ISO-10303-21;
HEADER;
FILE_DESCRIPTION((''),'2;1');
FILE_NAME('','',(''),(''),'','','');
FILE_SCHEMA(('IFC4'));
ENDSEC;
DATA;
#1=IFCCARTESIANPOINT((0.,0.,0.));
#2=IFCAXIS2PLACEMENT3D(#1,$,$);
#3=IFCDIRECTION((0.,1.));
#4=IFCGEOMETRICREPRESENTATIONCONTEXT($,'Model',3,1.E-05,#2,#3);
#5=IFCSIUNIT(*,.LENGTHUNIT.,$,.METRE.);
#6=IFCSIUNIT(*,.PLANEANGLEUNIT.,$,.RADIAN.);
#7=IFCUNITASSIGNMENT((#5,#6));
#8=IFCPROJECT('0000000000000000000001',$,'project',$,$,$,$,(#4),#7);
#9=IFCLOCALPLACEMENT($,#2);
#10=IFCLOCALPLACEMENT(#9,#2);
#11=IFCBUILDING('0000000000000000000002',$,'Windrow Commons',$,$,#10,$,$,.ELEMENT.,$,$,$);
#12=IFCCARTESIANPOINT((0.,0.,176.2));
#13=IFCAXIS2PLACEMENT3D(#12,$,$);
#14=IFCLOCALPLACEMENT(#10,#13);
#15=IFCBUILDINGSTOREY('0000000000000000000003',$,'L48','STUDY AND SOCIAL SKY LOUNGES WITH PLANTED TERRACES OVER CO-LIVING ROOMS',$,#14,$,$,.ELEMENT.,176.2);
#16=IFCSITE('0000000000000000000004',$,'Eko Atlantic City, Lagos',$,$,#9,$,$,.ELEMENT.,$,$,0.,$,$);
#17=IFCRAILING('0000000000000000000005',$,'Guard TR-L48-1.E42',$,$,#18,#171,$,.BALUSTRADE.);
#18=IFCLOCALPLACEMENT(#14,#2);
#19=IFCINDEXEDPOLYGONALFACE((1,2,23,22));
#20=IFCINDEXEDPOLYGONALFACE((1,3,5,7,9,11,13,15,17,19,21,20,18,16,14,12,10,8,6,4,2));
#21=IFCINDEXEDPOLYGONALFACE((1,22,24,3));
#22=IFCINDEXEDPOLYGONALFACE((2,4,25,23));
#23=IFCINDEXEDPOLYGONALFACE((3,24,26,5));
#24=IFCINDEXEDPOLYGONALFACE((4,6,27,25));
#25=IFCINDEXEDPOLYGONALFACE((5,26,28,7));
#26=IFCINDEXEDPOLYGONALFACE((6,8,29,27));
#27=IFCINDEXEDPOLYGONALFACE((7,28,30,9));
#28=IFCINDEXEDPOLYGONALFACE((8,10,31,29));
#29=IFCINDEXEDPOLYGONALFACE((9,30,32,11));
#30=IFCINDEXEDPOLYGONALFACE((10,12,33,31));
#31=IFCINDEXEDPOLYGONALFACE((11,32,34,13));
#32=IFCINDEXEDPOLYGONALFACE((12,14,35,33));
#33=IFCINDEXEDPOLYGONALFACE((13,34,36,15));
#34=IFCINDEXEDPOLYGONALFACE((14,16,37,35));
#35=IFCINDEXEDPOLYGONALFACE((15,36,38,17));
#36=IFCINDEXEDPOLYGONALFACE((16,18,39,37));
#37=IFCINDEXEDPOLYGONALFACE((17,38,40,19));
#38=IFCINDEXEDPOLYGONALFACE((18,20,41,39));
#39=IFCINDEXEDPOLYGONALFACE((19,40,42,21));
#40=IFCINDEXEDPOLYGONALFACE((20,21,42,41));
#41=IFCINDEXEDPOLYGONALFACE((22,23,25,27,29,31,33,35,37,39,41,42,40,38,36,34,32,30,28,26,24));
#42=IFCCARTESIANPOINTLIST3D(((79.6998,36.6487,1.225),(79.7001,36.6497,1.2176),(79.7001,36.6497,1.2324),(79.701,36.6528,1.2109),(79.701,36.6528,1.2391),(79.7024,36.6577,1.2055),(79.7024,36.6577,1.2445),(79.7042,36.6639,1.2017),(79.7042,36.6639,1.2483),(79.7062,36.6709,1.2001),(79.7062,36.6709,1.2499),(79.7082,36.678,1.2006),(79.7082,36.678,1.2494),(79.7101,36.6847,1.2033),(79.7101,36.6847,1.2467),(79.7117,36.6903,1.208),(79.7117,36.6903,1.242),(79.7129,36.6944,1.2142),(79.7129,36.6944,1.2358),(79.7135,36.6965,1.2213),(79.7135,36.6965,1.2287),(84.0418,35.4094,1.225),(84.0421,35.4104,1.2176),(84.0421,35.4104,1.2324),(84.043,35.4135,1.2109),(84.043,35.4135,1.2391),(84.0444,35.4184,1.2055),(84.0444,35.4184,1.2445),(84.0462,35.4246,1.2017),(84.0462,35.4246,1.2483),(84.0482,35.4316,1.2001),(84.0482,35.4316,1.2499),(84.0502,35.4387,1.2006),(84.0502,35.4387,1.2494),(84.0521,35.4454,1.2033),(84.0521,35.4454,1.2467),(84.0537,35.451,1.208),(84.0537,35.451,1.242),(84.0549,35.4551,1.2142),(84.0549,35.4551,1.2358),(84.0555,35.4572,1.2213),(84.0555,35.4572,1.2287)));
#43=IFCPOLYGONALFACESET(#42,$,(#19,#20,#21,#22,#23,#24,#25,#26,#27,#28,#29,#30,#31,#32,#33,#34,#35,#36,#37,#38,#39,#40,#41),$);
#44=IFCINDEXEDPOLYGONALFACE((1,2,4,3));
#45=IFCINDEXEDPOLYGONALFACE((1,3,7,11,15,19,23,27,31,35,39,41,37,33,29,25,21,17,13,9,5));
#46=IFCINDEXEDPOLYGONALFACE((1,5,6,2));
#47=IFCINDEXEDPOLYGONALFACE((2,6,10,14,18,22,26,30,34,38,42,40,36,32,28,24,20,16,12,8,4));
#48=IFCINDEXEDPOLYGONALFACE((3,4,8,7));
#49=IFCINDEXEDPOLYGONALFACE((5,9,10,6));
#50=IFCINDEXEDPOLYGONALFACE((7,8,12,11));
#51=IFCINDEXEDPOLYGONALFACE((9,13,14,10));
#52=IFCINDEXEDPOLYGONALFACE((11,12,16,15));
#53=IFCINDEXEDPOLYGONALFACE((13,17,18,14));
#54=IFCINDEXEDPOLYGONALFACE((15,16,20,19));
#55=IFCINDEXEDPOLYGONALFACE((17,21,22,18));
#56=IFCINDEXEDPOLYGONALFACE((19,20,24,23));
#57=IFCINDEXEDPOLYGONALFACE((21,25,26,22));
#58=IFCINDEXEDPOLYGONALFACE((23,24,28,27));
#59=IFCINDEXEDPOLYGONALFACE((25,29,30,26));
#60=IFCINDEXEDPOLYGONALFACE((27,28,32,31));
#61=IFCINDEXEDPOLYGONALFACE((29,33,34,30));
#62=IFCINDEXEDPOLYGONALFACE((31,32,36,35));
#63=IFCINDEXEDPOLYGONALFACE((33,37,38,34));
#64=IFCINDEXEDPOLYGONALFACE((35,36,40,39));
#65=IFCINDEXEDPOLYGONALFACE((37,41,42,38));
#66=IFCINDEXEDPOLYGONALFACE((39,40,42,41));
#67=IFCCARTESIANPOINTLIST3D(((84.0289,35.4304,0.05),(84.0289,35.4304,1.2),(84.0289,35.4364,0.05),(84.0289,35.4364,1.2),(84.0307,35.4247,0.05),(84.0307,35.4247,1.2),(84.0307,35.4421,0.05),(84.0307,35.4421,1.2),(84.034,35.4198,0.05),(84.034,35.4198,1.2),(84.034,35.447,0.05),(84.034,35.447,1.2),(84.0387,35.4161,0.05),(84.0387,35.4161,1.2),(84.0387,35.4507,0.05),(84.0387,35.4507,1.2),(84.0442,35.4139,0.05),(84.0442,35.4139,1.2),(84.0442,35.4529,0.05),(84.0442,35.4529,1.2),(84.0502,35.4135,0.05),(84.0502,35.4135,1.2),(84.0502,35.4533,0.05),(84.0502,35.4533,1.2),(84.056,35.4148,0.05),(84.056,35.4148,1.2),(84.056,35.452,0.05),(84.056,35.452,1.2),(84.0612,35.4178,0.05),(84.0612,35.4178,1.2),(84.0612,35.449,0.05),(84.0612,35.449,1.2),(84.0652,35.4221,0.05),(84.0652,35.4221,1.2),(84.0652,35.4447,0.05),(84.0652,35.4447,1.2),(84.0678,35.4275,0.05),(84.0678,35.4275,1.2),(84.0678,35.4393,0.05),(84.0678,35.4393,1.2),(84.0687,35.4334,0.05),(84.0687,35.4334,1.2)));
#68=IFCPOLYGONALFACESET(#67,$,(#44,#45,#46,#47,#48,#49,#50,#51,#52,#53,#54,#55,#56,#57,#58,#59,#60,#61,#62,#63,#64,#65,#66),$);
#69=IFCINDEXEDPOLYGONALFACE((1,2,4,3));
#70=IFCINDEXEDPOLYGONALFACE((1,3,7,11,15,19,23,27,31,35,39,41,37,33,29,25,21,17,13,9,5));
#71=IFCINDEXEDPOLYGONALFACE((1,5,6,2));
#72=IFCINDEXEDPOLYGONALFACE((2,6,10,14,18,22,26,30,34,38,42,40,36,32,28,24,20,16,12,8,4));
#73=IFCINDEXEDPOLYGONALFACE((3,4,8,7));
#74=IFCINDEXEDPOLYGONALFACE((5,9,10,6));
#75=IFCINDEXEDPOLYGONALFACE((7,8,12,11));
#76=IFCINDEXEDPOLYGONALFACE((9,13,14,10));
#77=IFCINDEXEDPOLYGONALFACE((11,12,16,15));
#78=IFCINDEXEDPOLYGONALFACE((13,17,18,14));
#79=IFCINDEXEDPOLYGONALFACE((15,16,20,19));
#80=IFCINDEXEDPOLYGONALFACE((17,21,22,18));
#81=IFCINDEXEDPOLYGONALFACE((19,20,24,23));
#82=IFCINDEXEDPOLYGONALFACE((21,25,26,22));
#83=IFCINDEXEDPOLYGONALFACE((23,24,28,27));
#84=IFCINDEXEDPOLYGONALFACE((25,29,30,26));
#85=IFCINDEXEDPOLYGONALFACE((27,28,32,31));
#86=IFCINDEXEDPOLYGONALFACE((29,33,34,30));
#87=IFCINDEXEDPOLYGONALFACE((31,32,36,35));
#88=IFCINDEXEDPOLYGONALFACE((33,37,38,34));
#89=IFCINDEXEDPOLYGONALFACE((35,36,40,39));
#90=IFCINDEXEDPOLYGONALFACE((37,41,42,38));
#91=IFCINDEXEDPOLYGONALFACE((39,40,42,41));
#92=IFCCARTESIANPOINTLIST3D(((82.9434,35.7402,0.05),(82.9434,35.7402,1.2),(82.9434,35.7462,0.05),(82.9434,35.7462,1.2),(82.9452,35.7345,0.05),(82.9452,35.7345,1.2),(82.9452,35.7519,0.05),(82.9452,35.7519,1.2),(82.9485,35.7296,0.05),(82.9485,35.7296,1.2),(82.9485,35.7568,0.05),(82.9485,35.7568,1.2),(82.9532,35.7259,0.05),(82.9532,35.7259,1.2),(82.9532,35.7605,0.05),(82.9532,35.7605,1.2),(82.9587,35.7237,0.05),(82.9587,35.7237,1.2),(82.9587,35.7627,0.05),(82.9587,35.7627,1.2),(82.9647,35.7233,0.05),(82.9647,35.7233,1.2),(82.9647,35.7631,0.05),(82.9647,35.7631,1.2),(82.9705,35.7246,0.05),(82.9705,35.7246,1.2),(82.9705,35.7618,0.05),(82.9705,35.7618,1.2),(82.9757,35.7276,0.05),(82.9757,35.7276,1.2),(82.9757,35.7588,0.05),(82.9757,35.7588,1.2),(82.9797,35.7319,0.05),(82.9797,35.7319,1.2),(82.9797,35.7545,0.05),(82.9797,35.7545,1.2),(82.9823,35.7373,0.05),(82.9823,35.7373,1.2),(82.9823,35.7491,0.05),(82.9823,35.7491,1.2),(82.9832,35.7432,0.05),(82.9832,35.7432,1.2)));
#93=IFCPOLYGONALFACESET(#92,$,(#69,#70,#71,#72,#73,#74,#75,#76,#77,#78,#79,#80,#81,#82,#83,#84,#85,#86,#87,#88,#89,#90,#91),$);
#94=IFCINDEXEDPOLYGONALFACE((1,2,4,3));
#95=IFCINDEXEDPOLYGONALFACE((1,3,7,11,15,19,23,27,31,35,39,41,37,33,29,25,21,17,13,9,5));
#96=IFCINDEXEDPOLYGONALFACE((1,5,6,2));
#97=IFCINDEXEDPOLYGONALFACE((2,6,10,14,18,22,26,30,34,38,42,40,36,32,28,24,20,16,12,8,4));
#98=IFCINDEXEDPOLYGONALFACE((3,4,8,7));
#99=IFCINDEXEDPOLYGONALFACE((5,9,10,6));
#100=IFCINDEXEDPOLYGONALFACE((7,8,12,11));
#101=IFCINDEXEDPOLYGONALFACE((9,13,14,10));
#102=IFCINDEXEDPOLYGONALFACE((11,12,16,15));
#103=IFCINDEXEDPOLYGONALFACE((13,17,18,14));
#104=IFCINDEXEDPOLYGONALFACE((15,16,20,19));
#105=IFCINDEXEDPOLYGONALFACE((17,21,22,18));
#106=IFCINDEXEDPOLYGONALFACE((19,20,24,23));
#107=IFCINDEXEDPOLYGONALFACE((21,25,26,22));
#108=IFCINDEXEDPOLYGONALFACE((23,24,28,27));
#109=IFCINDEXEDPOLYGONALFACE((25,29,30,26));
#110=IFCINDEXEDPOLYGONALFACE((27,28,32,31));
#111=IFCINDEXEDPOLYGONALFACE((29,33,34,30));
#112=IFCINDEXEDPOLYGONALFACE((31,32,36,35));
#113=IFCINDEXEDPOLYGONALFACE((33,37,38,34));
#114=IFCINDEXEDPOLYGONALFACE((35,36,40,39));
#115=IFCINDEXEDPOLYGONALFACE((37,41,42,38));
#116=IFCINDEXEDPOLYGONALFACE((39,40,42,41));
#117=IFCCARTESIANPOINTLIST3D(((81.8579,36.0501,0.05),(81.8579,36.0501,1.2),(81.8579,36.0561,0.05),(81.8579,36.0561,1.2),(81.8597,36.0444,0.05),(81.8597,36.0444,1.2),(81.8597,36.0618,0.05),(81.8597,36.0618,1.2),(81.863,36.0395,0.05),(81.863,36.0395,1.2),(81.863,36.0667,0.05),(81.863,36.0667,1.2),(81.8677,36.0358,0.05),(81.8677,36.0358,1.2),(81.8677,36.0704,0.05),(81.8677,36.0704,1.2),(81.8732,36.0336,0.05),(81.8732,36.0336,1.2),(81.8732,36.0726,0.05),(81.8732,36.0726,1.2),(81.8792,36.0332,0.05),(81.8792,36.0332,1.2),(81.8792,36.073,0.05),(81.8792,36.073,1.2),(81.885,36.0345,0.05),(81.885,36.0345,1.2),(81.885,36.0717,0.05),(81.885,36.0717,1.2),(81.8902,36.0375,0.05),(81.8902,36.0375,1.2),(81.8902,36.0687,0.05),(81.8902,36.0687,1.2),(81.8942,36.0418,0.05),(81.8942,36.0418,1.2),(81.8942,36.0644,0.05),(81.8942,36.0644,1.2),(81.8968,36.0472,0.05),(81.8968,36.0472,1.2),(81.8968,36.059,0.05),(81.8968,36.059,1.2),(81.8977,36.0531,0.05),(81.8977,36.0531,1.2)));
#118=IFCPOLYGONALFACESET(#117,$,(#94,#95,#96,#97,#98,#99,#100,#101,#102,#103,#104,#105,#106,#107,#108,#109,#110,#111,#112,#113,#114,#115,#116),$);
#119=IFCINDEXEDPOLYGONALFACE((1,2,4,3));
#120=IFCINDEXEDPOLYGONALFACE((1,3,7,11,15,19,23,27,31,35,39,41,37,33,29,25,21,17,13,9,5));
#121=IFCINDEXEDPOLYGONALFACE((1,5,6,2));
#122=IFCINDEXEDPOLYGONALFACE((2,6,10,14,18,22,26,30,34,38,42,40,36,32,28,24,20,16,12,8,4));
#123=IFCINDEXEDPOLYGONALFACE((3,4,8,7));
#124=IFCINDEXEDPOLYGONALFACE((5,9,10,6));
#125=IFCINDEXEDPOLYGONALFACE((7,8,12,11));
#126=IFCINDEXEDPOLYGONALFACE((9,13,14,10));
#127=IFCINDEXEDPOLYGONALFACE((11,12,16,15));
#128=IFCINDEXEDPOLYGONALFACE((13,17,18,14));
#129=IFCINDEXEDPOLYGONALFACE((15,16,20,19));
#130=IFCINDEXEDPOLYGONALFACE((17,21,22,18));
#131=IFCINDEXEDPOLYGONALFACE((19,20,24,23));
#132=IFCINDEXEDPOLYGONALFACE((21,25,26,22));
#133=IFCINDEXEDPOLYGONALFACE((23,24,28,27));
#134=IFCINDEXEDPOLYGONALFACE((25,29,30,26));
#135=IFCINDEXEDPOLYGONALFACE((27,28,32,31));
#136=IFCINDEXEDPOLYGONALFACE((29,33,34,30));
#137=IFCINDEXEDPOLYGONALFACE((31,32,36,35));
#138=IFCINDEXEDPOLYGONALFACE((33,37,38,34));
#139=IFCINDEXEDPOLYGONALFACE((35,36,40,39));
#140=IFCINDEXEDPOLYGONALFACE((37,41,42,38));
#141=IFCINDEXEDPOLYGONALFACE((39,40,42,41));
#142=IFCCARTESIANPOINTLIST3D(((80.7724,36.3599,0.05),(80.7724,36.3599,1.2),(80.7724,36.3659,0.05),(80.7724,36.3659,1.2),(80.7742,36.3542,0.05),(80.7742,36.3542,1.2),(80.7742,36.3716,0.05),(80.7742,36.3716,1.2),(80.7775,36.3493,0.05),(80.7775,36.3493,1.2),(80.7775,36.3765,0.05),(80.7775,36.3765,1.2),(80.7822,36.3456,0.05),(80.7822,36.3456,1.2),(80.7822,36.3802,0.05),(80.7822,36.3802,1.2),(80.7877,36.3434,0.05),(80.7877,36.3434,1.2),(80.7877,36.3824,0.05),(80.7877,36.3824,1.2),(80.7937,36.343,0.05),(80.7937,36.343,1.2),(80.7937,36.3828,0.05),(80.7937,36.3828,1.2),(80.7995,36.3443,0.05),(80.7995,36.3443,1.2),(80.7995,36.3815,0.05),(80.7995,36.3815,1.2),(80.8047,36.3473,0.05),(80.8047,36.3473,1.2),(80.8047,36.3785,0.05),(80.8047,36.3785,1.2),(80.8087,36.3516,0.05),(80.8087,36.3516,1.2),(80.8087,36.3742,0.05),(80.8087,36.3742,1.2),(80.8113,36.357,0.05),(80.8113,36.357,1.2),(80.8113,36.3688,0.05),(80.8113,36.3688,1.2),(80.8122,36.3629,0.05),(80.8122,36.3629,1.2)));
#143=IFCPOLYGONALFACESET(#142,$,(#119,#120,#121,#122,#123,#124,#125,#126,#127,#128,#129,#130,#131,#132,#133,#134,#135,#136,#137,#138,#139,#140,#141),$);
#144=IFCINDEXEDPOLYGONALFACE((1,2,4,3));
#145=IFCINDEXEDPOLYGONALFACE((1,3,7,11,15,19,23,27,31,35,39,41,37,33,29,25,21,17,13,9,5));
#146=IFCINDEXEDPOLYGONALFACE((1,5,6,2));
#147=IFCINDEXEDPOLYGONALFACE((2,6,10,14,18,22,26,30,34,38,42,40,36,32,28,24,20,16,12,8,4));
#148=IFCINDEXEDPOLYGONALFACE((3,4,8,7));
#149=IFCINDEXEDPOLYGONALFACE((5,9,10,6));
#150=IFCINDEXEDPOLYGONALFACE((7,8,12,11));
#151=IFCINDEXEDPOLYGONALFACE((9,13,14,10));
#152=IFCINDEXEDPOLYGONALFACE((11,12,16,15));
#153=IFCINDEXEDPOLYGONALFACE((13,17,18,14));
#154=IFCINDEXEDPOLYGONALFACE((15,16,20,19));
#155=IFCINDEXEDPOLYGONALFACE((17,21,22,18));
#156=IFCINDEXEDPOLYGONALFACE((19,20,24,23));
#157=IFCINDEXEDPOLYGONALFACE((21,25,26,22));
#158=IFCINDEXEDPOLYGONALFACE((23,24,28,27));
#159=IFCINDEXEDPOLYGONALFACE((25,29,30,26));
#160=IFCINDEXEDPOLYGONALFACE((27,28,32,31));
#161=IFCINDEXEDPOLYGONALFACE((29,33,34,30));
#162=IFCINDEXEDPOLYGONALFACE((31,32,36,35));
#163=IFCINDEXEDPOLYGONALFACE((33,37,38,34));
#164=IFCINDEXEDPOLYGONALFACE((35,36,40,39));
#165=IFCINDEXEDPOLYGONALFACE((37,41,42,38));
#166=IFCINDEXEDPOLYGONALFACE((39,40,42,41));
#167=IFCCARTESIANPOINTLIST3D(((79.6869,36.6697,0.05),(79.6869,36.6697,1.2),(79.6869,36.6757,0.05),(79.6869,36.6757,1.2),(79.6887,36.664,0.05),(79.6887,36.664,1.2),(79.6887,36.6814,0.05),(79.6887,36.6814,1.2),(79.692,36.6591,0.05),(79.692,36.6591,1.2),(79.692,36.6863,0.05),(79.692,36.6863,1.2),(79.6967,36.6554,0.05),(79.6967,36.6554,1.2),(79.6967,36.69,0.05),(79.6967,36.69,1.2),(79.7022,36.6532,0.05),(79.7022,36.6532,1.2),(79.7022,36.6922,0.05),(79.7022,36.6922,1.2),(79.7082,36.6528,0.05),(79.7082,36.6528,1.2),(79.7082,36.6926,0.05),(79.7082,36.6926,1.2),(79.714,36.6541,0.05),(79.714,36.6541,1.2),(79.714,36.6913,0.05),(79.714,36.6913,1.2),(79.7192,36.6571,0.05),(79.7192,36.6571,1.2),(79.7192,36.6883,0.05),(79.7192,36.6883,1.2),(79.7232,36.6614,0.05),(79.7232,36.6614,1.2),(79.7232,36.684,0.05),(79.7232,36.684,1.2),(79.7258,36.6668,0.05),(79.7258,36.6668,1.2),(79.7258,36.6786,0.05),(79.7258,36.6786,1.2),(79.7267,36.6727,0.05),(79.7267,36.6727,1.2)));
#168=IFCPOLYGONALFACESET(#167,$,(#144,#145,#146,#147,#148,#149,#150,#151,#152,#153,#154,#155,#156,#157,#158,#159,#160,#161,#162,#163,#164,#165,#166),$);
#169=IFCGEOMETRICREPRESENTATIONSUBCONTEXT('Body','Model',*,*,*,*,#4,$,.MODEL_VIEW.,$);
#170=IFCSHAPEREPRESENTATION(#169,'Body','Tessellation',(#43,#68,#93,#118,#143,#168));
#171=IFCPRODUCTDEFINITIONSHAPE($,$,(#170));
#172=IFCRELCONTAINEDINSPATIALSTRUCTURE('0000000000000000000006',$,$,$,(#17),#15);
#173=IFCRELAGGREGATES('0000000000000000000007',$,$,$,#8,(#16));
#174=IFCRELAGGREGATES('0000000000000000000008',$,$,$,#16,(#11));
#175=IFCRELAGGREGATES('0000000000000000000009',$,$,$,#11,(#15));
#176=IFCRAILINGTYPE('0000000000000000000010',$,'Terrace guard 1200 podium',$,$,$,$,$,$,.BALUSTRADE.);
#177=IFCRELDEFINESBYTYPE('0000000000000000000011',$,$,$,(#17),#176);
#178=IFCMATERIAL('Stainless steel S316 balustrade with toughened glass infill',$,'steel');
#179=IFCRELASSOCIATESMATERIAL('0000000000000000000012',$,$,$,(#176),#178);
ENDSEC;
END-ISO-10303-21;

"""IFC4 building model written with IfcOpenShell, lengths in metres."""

from ifc_helpers import new_model, si_unit, direction, frame, origin, origin_2d, place, context, subcontext, project, spatial, circle, extrude, material, type_object, element, save


model = new_model("IFC4")

# Units and contexts
model_context = context("Model", 3, precision=1e-05, world=origin(), true_north=direction((0.0, 1.0)))
body_context = subcontext(model_context, "Body", "Model", "MODEL_VIEW")
ifc_project = project(units=[si_unit("LENGTHUNIT", "METRE"), si_unit("PLANEANGLEUNIT", "RADIAN")], contexts=[model_context])

# Site, building, storey
site_placement = place(None, origin())
site = spatial("IfcSite", under=ifc_project, at=site_placement, Name="Eko Atlantic City, Lagos", CompositionType="ELEMENT", RefElevation=0.0)
building_placement = place(site_placement, origin())
building = spatial("IfcBuilding", under=site, at=building_placement, Name="Windrow Commons", CompositionType="ELEMENT")
storey_placement = place(building_placement, frame((0.0, 0.0, 176.2)))
storey = spatial("IfcBuildingStorey", under=building, at=storey_placement, Name="L48", Description="STUDY AND SOCIAL SKY LOUNGES WITH PLANTED TERRACES OVER CO-LIVING ROOMS", CompositionType="ELEMENT", Elevation=176.2)

# Railing
ifc_material_1 = material(Name="Stainless steel S316 balustrade with toughened glass infill", Category="steel")
railing_type = type_object("IfcRailingType", Name="Terrace guard 1200 podium", PredefinedType="BALUSTRADE", material=ifc_material_1)
railing_1_placement = place(storey_placement, frame((84.0487, 35.4334, 0.05)))
element("IfcRailing", 1, at=railing_1_placement, inside=storey, type_object=railing_type, Name="Guard TR-L48-1.E42", PredefinedType="BALUSTRADE", context=body_context, shape_type="SweptSolid", body=[
    extrude(circle(Radius=0.025, at=origin_2d()), frame((0.0, 0.0, 1.175), z_axis=(-0.961598, 0.274461, 0.0), x_axis=(-0.274461, -0.961598, 0.0)), (0.0, 0.0, 1.0), 4.5154),
    extrude(circle(Radius=0.02, at=origin_2d()), origin(), (0.0, 0.0, 1.0), 1.15),
    extrude(circle(Radius=0.02, at=origin_2d()), frame((-1.0855, 0.3098, 0.0)), (0.0, 0.0, 1.0), 1.15),
    extrude(circle(Radius=0.02, at=origin_2d()), frame((-2.171, 0.6197, 0.0)), (0.0, 0.0, 1.0), 1.15),
    extrude(circle(Radius=0.02, at=origin_2d()), frame((-3.2565, 0.9295, 0.0)), (0.0, 0.0, 1.0), 1.15),
    extrude(circle(Radius=0.02, at=origin_2d()), frame((-4.342, 1.2393, 0.0)), (0.0, 0.0, 1.0), 1.15),
])

save(model, "model.ifc")
